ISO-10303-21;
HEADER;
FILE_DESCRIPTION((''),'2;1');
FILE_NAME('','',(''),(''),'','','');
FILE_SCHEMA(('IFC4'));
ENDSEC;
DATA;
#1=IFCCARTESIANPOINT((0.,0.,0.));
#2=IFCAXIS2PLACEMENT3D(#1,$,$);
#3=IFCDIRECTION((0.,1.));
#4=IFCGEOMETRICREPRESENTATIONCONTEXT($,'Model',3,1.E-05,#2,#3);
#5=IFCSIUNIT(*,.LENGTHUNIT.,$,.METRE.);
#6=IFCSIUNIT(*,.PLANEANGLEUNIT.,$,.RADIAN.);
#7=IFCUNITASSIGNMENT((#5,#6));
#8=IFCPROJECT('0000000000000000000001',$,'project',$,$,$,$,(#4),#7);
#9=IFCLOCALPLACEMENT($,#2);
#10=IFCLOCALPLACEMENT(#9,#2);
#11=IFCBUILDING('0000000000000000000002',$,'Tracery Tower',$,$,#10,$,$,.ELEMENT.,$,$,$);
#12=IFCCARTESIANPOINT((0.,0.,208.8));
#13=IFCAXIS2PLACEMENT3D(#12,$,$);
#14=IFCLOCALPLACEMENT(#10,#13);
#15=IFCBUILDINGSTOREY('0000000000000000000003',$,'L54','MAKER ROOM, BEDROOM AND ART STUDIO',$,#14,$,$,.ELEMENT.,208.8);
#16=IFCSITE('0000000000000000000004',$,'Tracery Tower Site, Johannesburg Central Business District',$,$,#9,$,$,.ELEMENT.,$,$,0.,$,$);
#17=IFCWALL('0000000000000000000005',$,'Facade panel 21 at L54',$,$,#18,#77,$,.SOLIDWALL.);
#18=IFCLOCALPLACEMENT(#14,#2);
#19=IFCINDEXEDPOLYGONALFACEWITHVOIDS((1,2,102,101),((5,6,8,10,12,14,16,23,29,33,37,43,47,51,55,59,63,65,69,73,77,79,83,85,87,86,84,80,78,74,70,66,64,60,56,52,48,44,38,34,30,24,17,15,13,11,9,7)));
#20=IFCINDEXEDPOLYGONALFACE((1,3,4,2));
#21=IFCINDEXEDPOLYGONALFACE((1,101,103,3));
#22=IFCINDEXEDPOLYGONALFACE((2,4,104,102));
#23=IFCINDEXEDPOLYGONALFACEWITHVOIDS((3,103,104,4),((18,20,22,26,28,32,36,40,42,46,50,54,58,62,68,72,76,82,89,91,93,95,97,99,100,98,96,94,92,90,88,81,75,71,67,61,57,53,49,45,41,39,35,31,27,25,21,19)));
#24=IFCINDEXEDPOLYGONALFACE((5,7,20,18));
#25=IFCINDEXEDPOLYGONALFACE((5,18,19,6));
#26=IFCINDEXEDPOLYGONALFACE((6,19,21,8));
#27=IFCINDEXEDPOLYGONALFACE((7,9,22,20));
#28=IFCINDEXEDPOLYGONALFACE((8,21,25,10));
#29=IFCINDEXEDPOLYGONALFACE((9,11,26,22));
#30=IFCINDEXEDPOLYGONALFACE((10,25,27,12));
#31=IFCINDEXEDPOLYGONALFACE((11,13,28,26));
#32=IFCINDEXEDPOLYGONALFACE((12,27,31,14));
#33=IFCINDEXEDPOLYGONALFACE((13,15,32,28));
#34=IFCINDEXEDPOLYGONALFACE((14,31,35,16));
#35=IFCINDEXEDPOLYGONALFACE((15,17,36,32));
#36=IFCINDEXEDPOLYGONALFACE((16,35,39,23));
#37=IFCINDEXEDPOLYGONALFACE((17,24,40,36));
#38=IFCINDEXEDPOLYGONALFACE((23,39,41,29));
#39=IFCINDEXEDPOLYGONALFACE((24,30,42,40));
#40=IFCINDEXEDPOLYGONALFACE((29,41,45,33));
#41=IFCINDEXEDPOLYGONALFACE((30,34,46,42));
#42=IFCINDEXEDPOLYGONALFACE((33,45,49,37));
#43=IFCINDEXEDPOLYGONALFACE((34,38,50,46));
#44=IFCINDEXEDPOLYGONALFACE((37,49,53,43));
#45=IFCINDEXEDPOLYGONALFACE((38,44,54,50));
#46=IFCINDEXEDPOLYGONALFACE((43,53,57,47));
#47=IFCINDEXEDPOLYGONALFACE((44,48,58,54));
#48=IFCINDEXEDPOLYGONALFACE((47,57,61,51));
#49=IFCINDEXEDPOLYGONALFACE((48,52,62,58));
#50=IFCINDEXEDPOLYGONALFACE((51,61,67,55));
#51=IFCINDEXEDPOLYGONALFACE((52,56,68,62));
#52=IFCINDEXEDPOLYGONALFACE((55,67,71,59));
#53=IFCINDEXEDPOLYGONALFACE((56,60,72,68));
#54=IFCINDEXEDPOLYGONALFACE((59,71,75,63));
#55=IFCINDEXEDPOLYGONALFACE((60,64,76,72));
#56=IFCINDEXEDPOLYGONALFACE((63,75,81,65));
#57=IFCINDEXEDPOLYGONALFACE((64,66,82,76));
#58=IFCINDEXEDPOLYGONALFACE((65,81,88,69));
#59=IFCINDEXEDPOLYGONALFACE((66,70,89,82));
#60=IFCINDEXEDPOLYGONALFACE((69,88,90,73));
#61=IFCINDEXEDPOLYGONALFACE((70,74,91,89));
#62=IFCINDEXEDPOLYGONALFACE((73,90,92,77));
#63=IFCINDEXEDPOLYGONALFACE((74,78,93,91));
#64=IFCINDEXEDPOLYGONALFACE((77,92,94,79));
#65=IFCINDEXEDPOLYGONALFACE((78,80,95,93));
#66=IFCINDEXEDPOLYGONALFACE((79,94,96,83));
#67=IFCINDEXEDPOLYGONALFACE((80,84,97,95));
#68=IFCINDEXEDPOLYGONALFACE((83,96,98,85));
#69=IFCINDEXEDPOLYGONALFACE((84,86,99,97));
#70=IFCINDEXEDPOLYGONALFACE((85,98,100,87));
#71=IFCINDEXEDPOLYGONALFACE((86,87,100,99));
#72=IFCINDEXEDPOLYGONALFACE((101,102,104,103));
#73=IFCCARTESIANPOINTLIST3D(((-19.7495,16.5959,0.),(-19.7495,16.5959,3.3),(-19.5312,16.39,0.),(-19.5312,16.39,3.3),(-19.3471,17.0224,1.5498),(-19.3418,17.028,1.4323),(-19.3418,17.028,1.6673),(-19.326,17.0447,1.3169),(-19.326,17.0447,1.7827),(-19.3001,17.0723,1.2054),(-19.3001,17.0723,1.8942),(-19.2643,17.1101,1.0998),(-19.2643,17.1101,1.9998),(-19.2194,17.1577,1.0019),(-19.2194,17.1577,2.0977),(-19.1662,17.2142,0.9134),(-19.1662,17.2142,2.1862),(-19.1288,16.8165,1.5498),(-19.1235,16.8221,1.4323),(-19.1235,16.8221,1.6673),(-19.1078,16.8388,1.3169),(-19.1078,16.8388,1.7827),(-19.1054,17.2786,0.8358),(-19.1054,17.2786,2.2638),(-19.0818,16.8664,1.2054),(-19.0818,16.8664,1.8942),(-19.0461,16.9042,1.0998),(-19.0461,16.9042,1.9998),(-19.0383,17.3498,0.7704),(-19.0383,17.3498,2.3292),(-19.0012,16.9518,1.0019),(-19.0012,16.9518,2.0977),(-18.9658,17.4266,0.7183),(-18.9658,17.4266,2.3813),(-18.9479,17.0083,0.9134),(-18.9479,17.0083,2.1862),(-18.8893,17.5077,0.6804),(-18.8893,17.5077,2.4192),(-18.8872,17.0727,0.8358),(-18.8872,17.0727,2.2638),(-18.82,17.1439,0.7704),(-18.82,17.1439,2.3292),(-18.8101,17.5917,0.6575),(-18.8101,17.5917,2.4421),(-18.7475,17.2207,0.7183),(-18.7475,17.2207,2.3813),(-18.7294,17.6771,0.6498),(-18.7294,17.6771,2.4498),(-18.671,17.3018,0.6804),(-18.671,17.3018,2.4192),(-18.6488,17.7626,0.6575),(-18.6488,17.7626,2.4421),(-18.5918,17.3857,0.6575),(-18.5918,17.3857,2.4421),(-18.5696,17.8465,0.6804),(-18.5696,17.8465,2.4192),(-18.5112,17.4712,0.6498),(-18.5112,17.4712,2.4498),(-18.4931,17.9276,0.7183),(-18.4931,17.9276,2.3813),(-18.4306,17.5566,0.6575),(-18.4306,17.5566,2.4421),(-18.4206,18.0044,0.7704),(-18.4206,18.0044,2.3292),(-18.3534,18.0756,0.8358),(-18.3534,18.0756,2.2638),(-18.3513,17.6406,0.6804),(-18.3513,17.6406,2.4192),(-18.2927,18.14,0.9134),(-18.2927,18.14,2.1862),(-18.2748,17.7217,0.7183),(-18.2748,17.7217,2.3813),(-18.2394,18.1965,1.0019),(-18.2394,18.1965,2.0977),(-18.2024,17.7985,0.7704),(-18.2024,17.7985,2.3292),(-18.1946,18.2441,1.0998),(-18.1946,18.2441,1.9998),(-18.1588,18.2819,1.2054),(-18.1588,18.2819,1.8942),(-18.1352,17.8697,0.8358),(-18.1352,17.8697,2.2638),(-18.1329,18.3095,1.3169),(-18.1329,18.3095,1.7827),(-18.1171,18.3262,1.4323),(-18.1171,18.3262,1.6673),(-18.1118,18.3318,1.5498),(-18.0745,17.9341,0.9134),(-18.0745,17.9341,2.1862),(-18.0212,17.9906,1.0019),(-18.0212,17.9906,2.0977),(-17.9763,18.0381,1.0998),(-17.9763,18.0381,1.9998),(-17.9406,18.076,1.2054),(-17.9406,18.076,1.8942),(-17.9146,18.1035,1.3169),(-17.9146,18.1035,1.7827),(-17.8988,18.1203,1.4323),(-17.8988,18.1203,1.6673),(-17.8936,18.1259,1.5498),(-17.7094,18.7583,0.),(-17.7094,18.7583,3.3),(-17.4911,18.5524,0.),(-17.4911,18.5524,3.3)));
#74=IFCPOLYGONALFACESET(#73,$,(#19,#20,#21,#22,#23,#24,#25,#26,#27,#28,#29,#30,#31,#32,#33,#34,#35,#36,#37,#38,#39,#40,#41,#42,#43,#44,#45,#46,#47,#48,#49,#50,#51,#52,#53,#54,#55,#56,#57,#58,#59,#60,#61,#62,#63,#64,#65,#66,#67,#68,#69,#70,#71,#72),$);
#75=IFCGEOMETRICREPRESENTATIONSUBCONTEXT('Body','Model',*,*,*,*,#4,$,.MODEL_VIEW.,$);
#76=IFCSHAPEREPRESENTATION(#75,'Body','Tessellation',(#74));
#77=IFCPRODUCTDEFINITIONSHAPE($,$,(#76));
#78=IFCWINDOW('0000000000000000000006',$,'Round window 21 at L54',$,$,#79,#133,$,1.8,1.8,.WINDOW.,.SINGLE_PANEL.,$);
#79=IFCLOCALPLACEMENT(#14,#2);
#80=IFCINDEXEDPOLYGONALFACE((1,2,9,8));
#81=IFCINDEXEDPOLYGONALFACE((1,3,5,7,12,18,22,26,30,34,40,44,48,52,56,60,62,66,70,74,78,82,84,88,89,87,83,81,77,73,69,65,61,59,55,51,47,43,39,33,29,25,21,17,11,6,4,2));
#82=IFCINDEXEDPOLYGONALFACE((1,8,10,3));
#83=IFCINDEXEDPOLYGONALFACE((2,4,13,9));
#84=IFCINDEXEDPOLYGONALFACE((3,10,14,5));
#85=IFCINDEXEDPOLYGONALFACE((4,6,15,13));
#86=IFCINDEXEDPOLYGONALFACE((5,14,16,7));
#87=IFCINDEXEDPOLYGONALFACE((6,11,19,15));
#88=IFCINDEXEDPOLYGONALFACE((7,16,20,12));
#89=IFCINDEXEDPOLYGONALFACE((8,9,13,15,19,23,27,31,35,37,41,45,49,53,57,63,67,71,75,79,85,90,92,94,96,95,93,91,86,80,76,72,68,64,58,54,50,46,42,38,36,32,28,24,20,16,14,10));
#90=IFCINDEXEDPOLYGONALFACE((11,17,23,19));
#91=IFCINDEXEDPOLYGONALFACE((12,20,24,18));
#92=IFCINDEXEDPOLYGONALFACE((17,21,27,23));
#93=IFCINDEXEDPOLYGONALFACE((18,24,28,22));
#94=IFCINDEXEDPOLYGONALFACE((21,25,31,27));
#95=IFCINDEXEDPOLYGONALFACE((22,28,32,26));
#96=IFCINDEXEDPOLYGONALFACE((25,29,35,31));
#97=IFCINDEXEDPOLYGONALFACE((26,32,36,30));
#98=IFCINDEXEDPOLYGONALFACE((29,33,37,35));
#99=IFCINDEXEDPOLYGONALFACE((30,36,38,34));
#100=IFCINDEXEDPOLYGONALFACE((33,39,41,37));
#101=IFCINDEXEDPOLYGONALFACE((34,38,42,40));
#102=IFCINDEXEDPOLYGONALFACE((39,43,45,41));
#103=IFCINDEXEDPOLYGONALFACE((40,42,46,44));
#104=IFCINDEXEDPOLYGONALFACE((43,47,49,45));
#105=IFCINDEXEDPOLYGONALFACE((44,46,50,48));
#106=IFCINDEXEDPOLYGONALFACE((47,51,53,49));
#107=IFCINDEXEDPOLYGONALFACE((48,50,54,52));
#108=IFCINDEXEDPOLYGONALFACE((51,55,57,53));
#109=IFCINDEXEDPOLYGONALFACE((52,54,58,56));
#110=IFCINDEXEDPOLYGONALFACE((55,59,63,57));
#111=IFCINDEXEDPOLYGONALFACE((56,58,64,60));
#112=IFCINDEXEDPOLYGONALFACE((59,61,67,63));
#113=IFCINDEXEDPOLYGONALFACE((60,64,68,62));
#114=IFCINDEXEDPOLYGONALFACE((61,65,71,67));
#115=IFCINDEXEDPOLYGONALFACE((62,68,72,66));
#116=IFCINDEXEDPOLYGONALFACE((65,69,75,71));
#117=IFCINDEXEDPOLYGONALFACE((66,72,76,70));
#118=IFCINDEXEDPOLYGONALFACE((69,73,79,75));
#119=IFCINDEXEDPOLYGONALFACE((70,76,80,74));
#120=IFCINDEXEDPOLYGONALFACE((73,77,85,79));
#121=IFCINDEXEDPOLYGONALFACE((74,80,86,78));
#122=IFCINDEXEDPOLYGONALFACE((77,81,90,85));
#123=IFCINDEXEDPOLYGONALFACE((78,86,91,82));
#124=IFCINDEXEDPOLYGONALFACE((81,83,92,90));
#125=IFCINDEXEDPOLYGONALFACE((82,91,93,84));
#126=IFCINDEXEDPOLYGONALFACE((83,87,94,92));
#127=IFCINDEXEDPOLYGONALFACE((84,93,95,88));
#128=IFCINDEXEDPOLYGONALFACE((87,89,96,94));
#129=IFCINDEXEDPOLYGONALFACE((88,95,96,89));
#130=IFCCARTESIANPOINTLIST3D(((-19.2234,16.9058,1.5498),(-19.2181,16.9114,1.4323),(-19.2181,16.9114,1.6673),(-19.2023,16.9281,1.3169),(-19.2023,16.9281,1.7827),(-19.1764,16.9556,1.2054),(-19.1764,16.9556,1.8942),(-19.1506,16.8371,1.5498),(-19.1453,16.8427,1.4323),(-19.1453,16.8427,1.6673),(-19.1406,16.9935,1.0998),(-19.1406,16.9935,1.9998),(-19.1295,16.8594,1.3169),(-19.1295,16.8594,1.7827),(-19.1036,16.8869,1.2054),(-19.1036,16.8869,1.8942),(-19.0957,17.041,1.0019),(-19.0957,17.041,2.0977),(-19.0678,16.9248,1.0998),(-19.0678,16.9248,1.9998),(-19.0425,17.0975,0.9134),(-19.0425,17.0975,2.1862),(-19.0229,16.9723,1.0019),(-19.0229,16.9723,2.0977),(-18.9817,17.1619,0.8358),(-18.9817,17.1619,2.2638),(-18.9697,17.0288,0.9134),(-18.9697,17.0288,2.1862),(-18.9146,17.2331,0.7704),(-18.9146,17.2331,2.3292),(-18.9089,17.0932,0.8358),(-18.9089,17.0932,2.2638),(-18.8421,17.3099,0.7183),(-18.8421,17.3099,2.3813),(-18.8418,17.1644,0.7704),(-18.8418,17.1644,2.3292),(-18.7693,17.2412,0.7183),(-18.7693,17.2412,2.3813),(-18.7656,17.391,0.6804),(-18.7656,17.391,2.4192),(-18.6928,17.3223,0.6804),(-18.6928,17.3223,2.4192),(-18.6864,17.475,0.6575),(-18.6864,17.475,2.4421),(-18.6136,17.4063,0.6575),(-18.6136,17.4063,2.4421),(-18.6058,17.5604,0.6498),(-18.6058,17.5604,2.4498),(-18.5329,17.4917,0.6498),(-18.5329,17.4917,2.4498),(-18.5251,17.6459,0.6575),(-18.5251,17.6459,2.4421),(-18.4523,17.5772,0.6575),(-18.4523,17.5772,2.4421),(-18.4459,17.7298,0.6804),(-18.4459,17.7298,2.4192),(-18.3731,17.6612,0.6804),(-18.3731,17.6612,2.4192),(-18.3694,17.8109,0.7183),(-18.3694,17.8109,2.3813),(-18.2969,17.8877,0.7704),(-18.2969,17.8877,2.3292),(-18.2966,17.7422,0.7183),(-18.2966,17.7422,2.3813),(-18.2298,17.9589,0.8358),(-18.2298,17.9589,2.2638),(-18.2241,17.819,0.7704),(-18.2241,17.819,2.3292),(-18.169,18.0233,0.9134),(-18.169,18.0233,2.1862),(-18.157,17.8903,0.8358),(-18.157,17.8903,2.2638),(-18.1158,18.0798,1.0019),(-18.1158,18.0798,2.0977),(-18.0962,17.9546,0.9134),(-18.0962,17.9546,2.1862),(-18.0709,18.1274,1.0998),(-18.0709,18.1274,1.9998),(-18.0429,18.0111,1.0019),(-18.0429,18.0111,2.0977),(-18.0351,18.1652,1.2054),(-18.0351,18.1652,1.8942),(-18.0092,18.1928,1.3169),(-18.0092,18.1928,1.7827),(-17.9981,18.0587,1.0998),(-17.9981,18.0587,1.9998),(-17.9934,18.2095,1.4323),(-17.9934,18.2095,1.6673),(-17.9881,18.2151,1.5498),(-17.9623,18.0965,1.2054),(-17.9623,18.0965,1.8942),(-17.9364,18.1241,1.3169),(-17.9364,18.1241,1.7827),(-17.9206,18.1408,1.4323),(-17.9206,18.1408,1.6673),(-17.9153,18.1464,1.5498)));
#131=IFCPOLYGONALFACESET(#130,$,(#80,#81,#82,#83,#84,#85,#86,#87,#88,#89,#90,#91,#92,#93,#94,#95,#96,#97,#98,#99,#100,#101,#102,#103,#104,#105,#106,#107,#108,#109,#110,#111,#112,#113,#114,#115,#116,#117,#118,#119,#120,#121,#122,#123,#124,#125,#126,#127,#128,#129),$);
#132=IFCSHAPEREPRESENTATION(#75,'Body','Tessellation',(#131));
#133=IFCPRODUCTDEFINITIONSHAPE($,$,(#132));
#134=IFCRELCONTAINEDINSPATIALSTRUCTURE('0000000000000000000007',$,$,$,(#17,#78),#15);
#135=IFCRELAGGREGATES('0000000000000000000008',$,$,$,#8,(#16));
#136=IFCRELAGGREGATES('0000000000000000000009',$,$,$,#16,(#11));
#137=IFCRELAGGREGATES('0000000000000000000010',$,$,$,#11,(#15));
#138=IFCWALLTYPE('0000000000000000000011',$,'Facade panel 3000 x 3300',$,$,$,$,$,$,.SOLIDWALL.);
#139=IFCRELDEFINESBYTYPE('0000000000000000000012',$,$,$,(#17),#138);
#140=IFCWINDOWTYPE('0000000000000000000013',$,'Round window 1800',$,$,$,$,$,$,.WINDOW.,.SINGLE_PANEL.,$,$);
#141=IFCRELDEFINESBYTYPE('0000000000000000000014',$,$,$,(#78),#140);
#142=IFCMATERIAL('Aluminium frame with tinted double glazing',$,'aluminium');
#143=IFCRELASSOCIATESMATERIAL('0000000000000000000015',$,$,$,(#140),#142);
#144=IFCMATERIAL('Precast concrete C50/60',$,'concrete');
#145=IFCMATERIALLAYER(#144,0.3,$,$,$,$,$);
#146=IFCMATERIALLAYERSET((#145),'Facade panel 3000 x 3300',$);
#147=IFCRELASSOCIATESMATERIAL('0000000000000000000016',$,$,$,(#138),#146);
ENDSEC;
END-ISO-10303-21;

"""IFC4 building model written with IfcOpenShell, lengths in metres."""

from ifc_helpers import new_model, si_unit, direction, frame, frame_2d, origin, origin_2d, place, context, subcontext, project, spatial, rectangle, circle, extrude, material, layer, layer_set, type_object, element, fill, save


model = new_model("IFC4")

# Units and contexts
model_context = context("Model", 3, precision=1e-05, world=origin(), true_north=direction((0.0, 1.0)))
body_context = subcontext(model_context, "Body", "Model", "MODEL_VIEW")
ifc_project = project(units=[si_unit("LENGTHUNIT", "METRE"), si_unit("PLANEANGLEUNIT", "RADIAN")], contexts=[model_context])

# Site, building, storey
site_placement = place(None, origin())
site = spatial("IfcSite", under=ifc_project, at=site_placement, Name="Tracery Tower Site, Johannesburg Central Business District", CompositionType="ELEMENT", RefElevation=0.0)
building_placement = place(site_placement, origin())
building = spatial("IfcBuilding", under=site, at=building_placement, Name="Tracery Tower", CompositionType="ELEMENT")
storey_placement = place(building_placement, frame((0.0, 0.0, 208.8)))
storey = spatial("IfcBuildingStorey", under=building, at=storey_placement, Name="L54", Description="MAKER ROOM, BEDROOM AND ART STUDIO", CompositionType="ELEMENT", Elevation=208.8)

# Wall, opening, window
ifc_material_1 = material(Name="Aluminium frame with tinted double glazing", Category="aluminium")
window_type = type_object("IfcWindowType", Name="Round window 1800", PartitioningType="SINGLE_PANEL", PredefinedType="WINDOW", material=ifc_material_1)
ifc_material_2 = material(Name="Precast concrete C50/60", Category="concrete")
ifc_layer_1 = layer(ifc_material_2, 0.3)
ifc_layer_set_1 = layer_set([ifc_layer_1], Name="Facade panel 3000 x 3300")
wall_type_1 = type_object("IfcWallType", Name="Facade panel 3000 x 3300", PredefinedType="SOLIDWALL", material=ifc_layer_set_1)
wall_1_placement = place(storey_placement, frame((-17.6003, 18.6553, 0.0), z_axis=(0.0, 0.0, 1.0), x_axis=(-0.686235, -0.72738, 0.0)))
wall_1 = element("IfcWall", 1, at=wall_1_placement, inside=storey, type_object=wall_type_1, Name="Facade panel 21 at L54", PredefinedType="SOLIDWALL", context=body_context, shape_type="SweptSolid", body=[
    extrude(rectangle(XDim=2.9729, YDim=0.3, at=frame_2d((1.4863, 0.0))), origin(), (0.0, 0.0, 1.0), 3.3),
])
opening_1_placement = place(wall_1_placement, frame((1.4863, 0.0, 1.5498)))
opening_1 = element("IfcOpeningElement", 2, at=opening_1_placement, cuts=wall_1, PredefinedType="OPENING", context=body_context, shape_type="SweptSolid", body=[
    extrude(circle(Radius=0.9, at=origin_2d()), frame((0.0, 0.1599, 0.0), z_axis=(0.0, -1.0, 0.0), x_axis=(1.0, 0.0, 0.0)), (0.0, 0.0, 1.0), 0.3201),
])
window_1_placement = place(opening_1_placement, origin())
window_1 = element("IfcWindow", 3, at=window_1_placement, inside=storey, type_object=window_type, Name="Round window 21 at L54", OverallHeight=1.8, OverallWidth=1.8, PartitioningType="SINGLE_PANEL", PredefinedType="WINDOW", context=body_context, shape_type="SweptSolid", body=[
    extrude(circle(Radius=0.9, at=origin_2d()), frame((0.0, 0.1201, 0.0), z_axis=(0.0, -1.0, 0.0), x_axis=(1.0, 0.0, 0.0)), (0.0, 0.0, 1.0), 0.1001),
])
fill(opening_1, window_1)

save(model, "model.ifc")
